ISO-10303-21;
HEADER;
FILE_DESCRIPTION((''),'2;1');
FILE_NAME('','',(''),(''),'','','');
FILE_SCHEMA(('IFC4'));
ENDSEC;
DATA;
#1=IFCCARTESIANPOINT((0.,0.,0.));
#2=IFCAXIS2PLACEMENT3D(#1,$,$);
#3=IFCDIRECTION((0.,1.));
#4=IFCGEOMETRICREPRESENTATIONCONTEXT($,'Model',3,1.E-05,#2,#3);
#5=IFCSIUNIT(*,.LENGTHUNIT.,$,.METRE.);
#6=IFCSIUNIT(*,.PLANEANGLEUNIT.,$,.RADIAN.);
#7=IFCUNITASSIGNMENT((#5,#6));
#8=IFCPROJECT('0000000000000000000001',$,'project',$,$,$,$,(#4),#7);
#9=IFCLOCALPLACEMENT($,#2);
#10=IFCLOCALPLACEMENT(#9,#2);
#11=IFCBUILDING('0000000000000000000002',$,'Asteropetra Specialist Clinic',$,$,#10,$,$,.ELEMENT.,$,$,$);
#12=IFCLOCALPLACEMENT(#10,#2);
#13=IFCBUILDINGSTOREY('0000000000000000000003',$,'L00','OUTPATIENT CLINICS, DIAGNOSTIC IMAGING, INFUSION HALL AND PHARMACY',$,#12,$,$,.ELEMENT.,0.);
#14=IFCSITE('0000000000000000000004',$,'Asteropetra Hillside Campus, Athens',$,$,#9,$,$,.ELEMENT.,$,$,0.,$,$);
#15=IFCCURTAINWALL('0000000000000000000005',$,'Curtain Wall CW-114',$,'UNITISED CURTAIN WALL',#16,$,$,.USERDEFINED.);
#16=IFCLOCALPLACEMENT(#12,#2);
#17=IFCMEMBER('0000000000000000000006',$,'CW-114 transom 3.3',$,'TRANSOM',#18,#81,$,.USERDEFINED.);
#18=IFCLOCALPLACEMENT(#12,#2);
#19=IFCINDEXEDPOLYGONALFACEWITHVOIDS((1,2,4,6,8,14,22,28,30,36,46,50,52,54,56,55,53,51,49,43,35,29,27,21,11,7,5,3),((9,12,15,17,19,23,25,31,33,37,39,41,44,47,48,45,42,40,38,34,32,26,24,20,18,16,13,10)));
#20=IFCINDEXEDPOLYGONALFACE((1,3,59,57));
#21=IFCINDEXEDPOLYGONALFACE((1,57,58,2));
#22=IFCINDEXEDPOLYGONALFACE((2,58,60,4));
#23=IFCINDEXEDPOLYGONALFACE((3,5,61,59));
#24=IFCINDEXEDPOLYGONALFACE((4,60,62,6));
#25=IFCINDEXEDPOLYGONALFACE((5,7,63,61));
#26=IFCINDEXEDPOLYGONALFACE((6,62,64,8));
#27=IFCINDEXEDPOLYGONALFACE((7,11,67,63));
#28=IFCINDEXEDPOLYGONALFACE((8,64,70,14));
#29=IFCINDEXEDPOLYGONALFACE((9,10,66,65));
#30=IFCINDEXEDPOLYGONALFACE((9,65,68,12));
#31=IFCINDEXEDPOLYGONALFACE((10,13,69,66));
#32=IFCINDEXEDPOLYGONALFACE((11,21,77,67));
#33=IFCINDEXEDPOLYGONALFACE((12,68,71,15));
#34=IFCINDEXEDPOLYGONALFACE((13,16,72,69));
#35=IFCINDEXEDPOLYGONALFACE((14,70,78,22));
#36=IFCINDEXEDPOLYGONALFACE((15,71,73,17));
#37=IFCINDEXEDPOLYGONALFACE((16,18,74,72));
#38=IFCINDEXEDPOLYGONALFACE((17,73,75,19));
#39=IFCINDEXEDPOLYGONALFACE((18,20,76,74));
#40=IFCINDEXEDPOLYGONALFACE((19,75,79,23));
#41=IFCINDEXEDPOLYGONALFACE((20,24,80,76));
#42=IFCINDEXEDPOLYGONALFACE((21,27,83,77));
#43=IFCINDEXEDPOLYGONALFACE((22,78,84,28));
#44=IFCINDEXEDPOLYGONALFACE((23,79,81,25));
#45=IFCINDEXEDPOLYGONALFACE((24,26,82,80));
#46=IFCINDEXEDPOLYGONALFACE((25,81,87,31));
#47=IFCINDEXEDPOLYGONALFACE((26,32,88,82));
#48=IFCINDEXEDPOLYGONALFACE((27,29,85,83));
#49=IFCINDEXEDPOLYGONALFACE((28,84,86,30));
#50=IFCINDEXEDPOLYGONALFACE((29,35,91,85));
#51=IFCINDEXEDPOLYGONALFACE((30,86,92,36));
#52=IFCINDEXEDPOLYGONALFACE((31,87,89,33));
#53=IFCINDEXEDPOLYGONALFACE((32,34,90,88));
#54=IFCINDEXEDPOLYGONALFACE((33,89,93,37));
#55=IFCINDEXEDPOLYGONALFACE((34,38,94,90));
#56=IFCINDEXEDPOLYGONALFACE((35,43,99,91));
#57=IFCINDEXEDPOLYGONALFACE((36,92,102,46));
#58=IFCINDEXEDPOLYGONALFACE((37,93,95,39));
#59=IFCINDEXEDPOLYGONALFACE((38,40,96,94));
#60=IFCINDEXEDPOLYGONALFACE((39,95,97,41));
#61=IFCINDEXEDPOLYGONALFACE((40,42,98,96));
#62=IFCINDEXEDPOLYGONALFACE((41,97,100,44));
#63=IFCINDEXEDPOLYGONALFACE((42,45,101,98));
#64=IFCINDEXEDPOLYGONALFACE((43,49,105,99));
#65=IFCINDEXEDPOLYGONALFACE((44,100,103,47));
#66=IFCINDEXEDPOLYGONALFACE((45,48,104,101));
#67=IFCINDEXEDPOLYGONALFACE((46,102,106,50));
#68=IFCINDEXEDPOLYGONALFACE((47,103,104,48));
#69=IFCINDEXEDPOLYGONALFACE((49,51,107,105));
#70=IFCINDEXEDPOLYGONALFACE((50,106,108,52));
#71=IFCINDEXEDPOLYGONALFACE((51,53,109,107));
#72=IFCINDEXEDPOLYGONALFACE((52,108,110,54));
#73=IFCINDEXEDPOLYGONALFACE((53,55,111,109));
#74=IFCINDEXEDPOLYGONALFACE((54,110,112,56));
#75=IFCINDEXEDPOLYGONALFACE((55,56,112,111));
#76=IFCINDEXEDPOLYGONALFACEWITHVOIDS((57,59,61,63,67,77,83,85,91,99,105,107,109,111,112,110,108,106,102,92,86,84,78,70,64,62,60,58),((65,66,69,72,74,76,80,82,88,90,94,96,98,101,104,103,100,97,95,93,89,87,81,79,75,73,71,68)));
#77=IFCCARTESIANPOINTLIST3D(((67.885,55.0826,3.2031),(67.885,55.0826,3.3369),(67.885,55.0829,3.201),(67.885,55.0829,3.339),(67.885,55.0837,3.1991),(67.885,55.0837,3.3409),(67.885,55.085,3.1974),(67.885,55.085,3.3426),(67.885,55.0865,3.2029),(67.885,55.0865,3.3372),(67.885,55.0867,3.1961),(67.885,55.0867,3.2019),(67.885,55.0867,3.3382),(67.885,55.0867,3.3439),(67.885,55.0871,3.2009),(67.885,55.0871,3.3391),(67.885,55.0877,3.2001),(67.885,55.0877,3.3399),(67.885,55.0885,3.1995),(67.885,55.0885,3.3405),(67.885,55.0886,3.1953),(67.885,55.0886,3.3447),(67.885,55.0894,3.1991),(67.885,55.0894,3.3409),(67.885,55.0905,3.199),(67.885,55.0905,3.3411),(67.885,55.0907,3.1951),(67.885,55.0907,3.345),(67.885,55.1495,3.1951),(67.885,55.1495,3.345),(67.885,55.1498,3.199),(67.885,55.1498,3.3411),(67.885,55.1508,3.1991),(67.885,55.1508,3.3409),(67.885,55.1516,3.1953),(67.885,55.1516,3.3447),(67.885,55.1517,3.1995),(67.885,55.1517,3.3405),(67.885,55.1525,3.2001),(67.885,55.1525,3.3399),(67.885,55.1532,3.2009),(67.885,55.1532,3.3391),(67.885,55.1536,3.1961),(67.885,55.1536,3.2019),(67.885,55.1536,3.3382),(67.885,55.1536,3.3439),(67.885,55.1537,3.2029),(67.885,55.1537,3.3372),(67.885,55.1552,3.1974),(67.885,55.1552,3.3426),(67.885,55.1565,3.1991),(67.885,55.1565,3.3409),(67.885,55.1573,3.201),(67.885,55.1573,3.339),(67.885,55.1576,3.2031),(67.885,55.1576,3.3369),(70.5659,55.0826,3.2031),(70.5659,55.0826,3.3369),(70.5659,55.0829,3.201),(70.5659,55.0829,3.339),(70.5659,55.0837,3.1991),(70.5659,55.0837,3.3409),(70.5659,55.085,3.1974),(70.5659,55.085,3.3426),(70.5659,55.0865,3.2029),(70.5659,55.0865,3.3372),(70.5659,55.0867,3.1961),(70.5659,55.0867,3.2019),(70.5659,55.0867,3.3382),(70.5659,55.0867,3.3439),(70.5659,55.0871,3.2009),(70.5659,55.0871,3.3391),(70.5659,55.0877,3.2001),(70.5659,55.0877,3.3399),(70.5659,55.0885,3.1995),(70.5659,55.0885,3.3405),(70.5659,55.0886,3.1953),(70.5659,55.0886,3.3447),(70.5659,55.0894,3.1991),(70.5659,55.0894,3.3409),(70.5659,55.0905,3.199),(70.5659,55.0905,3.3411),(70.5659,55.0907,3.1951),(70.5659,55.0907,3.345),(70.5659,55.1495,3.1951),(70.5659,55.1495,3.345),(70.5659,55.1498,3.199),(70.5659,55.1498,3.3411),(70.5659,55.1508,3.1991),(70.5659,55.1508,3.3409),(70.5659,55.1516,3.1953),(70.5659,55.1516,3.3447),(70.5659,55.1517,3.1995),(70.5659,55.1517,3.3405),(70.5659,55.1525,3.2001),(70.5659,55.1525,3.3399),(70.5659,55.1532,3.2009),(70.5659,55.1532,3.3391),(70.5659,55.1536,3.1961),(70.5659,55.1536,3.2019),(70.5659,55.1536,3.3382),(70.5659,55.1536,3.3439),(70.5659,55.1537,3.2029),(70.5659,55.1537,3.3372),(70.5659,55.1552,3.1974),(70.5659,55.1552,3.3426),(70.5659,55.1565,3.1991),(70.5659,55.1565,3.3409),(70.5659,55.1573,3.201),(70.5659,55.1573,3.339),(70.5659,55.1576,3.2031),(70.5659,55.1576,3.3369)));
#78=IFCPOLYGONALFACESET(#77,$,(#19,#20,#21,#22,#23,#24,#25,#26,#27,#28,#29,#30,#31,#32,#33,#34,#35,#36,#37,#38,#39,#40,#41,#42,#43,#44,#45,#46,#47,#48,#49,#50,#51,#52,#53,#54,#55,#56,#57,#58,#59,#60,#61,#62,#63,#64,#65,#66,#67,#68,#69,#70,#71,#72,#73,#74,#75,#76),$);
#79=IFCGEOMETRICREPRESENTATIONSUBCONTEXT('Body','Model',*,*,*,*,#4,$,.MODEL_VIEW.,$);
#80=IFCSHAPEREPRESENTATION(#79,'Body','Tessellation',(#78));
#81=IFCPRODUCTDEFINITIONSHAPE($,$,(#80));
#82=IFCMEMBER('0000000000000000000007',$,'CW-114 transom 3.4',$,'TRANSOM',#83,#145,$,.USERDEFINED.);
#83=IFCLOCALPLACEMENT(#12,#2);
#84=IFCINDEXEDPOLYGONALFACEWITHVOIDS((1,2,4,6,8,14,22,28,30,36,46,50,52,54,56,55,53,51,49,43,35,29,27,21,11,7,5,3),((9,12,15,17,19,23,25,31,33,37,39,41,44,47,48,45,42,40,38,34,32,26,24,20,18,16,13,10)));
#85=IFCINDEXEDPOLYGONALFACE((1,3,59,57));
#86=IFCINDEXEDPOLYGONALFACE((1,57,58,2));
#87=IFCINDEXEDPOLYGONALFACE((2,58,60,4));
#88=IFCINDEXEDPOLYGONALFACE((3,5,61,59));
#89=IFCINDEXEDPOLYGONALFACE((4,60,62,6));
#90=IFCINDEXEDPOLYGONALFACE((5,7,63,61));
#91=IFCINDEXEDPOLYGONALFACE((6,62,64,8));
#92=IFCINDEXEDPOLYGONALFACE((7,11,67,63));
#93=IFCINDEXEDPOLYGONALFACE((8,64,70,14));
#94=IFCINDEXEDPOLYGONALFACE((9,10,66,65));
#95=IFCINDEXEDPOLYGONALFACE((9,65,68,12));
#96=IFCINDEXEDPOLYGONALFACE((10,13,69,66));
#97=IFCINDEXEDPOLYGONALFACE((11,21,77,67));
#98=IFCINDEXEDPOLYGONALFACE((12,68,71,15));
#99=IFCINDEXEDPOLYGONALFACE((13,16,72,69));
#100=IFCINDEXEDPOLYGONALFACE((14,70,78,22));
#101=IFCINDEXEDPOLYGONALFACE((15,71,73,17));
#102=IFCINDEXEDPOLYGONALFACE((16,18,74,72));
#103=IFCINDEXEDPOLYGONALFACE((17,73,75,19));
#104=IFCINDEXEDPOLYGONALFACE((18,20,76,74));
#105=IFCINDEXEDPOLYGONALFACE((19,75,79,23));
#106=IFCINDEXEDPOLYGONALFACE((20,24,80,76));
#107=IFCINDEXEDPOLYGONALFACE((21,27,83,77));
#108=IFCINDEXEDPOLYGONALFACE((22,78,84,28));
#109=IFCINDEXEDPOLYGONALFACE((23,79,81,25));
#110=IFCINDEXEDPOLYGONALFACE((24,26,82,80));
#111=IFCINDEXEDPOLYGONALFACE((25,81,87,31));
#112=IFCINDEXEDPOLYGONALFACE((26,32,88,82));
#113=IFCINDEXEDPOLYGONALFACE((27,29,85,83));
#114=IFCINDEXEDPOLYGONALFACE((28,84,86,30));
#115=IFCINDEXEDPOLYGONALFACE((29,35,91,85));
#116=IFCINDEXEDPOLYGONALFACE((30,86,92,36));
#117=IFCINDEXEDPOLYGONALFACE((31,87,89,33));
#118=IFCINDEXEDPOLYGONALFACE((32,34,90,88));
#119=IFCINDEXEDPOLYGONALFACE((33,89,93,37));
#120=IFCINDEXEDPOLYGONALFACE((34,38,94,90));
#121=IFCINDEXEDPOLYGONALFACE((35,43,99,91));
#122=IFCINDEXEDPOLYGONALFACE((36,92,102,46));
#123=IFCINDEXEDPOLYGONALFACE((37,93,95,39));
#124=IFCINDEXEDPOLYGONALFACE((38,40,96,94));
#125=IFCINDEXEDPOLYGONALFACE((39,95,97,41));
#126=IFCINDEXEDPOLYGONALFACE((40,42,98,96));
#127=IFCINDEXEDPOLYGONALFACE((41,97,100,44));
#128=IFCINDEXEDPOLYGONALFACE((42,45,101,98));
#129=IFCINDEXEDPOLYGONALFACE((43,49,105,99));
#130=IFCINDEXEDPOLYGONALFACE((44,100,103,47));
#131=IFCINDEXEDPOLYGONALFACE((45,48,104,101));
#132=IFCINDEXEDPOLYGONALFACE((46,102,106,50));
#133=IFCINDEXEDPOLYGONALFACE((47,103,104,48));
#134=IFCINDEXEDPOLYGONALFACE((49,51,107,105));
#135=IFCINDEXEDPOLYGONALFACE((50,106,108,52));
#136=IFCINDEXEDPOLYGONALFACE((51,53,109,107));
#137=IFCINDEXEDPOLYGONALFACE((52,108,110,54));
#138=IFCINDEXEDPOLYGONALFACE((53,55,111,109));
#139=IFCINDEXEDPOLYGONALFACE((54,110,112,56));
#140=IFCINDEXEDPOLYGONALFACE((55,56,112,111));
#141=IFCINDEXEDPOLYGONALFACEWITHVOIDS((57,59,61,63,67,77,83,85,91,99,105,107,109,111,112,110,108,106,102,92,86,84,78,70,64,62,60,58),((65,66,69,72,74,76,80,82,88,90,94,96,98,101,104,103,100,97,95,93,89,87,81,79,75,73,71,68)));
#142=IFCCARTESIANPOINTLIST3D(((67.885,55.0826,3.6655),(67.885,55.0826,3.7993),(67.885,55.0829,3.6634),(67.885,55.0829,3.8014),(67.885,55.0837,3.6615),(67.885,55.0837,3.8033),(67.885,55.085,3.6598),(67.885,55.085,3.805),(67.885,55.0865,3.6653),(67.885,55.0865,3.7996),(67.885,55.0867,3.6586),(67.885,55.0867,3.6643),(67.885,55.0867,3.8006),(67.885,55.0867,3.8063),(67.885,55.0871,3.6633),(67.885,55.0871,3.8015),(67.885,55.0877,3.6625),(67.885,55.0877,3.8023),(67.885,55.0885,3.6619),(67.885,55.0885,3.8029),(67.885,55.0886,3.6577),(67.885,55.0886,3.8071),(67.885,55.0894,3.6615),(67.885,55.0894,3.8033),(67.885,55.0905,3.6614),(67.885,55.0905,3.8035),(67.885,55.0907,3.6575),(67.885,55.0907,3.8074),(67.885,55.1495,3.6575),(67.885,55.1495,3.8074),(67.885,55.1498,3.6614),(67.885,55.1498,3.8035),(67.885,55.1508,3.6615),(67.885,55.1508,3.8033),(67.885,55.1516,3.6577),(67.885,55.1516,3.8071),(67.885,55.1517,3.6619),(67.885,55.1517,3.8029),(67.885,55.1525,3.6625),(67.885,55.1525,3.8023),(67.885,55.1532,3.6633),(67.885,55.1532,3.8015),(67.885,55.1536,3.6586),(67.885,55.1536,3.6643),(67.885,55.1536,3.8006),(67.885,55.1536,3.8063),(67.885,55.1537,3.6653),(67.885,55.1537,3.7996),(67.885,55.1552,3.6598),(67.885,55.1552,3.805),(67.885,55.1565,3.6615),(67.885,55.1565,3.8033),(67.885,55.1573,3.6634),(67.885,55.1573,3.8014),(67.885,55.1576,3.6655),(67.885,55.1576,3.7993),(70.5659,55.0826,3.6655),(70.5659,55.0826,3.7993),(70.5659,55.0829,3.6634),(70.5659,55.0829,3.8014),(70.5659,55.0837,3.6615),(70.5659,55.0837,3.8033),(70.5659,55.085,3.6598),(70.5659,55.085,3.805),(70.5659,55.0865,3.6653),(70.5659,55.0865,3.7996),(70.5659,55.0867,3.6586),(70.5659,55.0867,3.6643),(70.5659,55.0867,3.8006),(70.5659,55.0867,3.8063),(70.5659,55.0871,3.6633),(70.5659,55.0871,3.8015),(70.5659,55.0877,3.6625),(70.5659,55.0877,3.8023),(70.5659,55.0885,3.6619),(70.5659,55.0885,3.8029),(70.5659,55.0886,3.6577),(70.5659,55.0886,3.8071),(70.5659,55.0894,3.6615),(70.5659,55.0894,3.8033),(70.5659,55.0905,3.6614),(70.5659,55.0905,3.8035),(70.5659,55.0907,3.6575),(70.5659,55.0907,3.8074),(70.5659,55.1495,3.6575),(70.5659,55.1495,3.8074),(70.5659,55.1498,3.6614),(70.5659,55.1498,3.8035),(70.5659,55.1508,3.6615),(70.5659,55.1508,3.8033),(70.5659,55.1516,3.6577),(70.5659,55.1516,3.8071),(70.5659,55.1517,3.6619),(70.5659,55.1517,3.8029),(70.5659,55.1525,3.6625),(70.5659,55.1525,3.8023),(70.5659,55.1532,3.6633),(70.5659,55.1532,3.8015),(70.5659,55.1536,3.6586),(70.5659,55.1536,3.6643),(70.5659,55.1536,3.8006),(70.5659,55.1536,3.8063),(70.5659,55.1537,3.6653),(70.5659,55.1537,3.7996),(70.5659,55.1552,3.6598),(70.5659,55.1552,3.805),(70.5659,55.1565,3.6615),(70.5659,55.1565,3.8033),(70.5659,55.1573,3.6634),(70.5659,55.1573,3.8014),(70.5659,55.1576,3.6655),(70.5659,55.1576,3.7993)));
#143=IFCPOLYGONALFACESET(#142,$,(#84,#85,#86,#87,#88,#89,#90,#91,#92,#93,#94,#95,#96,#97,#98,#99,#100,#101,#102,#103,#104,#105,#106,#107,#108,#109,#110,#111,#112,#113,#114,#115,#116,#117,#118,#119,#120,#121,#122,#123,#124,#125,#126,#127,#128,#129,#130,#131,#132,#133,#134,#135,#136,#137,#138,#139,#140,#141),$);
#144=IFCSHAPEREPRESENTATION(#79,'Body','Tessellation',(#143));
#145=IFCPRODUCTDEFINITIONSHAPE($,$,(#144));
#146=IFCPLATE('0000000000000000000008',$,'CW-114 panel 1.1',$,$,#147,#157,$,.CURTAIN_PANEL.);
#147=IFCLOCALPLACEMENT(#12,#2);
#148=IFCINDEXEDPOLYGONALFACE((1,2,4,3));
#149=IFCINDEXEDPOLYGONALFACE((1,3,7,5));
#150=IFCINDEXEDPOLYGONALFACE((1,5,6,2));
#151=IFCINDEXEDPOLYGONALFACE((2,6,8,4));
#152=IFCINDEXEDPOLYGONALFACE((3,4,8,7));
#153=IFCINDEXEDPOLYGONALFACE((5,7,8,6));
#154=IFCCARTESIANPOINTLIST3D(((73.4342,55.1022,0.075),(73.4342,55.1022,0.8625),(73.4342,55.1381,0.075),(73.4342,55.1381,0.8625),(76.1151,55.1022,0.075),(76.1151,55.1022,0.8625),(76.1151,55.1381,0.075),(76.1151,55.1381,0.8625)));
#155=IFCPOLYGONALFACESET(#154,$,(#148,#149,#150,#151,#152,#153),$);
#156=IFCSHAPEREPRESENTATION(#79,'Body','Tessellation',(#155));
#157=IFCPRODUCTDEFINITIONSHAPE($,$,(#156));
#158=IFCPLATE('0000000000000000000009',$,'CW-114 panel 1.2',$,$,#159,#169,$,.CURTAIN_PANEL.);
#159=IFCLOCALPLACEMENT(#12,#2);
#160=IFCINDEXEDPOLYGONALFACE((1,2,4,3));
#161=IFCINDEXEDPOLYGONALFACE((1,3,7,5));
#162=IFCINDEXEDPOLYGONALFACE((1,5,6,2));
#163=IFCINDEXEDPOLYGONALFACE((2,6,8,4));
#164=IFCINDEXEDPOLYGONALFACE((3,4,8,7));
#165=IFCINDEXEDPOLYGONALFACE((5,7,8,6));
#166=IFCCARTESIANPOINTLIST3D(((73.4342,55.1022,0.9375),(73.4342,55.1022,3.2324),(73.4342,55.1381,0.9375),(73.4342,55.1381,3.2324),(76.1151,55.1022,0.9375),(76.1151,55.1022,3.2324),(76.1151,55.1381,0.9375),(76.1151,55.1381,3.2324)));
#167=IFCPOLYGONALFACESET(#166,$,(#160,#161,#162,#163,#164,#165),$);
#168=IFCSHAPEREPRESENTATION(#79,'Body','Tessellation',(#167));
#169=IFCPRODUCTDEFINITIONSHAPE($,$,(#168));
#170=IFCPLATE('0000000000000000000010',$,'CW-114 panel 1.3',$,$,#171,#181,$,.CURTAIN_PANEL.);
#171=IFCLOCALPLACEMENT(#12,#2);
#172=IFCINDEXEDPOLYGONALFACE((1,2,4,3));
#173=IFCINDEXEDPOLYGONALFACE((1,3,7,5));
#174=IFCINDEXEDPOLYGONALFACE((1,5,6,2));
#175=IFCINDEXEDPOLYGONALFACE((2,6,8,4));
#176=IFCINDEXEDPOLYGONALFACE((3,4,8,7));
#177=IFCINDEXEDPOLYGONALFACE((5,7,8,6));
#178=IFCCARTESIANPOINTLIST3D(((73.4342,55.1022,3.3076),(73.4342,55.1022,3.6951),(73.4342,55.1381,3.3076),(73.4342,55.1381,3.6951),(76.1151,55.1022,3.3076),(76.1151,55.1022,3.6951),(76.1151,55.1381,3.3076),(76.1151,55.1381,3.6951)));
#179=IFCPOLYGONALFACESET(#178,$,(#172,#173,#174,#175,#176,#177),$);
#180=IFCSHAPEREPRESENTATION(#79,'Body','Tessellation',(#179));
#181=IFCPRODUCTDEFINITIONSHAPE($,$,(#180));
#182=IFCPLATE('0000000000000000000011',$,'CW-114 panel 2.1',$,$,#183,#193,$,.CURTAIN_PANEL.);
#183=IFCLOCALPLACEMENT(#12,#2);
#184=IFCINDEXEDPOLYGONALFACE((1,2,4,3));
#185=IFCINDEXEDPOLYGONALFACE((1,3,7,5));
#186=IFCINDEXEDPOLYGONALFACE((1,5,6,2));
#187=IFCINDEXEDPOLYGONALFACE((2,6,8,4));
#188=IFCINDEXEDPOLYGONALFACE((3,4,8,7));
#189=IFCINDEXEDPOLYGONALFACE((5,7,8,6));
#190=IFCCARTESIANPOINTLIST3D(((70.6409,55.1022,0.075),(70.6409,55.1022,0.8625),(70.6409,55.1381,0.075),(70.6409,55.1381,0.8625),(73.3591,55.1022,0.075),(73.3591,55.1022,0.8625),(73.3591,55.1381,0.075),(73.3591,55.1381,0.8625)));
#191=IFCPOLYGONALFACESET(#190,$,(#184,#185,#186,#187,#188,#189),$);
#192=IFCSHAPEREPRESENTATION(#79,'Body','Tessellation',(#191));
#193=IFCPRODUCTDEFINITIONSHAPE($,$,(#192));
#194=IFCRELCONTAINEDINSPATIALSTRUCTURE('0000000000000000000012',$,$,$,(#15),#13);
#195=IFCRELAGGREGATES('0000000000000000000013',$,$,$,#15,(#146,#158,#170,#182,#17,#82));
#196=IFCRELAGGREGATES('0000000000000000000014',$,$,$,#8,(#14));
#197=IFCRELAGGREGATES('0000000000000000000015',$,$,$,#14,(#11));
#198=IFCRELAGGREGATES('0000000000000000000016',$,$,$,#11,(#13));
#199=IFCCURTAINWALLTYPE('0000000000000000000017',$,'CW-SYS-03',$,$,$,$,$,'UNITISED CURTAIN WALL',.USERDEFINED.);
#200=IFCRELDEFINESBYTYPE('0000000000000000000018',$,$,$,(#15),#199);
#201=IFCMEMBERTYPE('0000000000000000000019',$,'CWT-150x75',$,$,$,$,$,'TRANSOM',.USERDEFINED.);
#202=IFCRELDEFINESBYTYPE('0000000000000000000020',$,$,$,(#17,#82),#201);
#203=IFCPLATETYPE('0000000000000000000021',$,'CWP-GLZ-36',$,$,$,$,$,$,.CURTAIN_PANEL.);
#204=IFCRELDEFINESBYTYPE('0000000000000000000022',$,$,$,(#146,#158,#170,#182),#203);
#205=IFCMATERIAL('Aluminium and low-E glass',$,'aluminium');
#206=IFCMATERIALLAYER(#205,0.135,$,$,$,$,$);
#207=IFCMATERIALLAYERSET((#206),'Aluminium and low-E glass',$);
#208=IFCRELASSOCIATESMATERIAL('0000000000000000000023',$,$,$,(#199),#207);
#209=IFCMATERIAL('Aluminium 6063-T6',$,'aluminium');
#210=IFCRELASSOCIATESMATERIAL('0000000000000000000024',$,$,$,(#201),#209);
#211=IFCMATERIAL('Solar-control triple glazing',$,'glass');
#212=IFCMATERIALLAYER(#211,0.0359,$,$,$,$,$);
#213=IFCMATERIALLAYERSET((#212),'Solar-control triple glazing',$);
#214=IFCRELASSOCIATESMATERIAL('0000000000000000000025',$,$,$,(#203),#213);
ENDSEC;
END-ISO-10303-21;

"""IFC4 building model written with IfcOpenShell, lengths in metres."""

from ifc_helpers import new_model, si_unit, direction, frame, origin, origin_2d, place, context, subcontext, project, spatial, rectangle, hollow_rectangle, extrude, material, layer, layer_set, material_profile, profile_set, type_object, element, aggregate, save


model = new_model("IFC4")

# Units and contexts
model_context = context("Model", 3, precision=1e-05, world=origin(), true_north=direction((0.0, 1.0)))
body_context = subcontext(model_context, "Body", "Model", "MODEL_VIEW")
ifc_project = project(units=[si_unit("LENGTHUNIT", "METRE"), si_unit("PLANEANGLEUNIT", "RADIAN")], contexts=[model_context])

# Site, building, storey
site_placement = place(None, origin())
site = spatial("IfcSite", under=ifc_project, at=site_placement, Name="Asteropetra Hillside Campus, Athens", CompositionType="ELEMENT", RefElevation=0.0)
building_placement = place(site_placement, origin())
building = spatial("IfcBuilding", under=site, at=building_placement, Name="Asteropetra Specialist Clinic", CompositionType="ELEMENT")
storey_placement = place(building_placement, origin())
storey = spatial("IfcBuildingStorey", under=building, at=storey_placement, Name="L00", Description="OUTPATIENT CLINICS, DIAGNOSTIC IMAGING, INFUSION HALL AND PHARMACY", CompositionType="ELEMENT", Elevation=0.0)

# Curtain wall, members, plates
ifc_material_1 = material(Name="Aluminium and low-E glass", Category="aluminium")
ifc_layer_1 = layer(ifc_material_1, 0.135)
ifc_layer_set_1 = layer_set([ifc_layer_1], Name="Aluminium and low-E glass")
curtain_wall_type = type_object("IfcCurtainWallType", Name="CW-SYS-03", ElementType="UNITISED CURTAIN WALL", PredefinedType="USERDEFINED", material=ifc_layer_set_1)
curtain_wall_placement = place(storey_placement, origin())
curtain_wall = element("IfcCurtainWall", 1, at=curtain_wall_placement, inside=storey, type_object=curtain_wall_type, Name="Curtain Wall CW-114", ObjectType="UNITISED CURTAIN WALL", PredefinedType="USERDEFINED")
ifc_material_2 = material(Name="Aluminium 6063-T6", Category="aluminium")
ifc_material_profile_1 = material_profile(ifc_material_2, hollow_rectangle(XDim=0.075, YDim=0.1499, WallThickness=0.0039, InnerFilletRadius=0.0039, OuterFilletRadius=0.0081, at=origin_2d()), Name="TRN 150x75x4.0")
ifc_profile_set_1 = profile_set([ifc_material_profile_1], Name="Aluminium 6063-T6")
member_type_1 = type_object("IfcMemberType", Name="CWT-150x75", ElementType="TRANSOM", PredefinedType="USERDEFINED", material=ifc_profile_set_1)
member_1_placement = place(storey_placement, frame((70.5659, 55.1201, 3.27), z_axis=(-1.0, 0.0, 0.0), x_axis=(0.0, -1.0, 0.0)))
member_1 = element("IfcMember", 2, at=member_1_placement, type_object=member_type_1, Name="CW-114 transom 3.3", ObjectType="TRANSOM", PredefinedType="USERDEFINED", context=body_context, shape_type="SweptSolid", body=[
    extrude(hollow_rectangle(XDim=0.075, YDim=0.1499, WallThickness=0.0039, InnerFilletRadius=0.0039, OuterFilletRadius=0.0081, at=origin_2d()), origin(), (0.0, 0.0, 1.0), 2.6809),
])
member_2_placement = place(storey_placement, frame((70.5659, 55.1201, 3.7324), z_axis=(-1.0, 0.0, 0.0), x_axis=(0.0, -1.0, 0.0)))
member_2 = element("IfcMember", 3, at=member_2_placement, type_object=member_type_1, Name="CW-114 transom 3.4", ObjectType="TRANSOM", PredefinedType="USERDEFINED", context=body_context, shape_type="SweptSolid", body=[
    extrude(hollow_rectangle(XDim=0.075, YDim=0.1499, WallThickness=0.0039, InnerFilletRadius=0.0039, OuterFilletRadius=0.0081, at=origin_2d()), origin(), (0.0, 0.0, 1.0), 2.6809),
])
ifc_material_3 = material(Name="Solar-control triple glazing", Category="glass")
ifc_layer_2 = layer(ifc_material_3, 0.0359)
ifc_layer_set_2 = layer_set([ifc_layer_2], Name="Solar-control triple glazing")
plate_type = type_object("IfcPlateType", Name="CWP-GLZ-36", PredefinedType="CURTAIN_PANEL", material=ifc_layer_set_2)
plate_1_placement = place(storey_placement, frame((74.7747, 55.1201, 0.075), z_axis=(0.0, 0.0, 1.0), x_axis=(-1.0, 0.0, 0.0)))
plate_1 = element("IfcPlate", 4, at=plate_1_placement, type_object=plate_type, Name="CW-114 panel 1.1", PredefinedType="CURTAIN_PANEL", context=body_context, shape_type="SweptSolid", body=[
    extrude(rectangle(XDim=2.6809, YDim=0.0359, at=origin_2d()), origin(), (0.0, 0.0, 1.0), 0.7876),
])
plate_2_placement = place(storey_placement, frame((74.7747, 55.1201, 0.9375), z_axis=(0.0, 0.0, 1.0), x_axis=(-1.0, 0.0, 0.0)))
plate_2 = element("IfcPlate", 5, at=plate_2_placement, type_object=plate_type, Name="CW-114 panel 1.2", PredefinedType="CURTAIN_PANEL", context=body_context, shape_type="SweptSolid", body=[
    extrude(rectangle(XDim=2.6809, YDim=0.0359, at=origin_2d()), origin(), (0.0, 0.0, 1.0), 2.2949),
])
plate_3_placement = place(storey_placement, frame((74.7747, 55.1201, 3.3076), z_axis=(0.0, 0.0, 1.0), x_axis=(-1.0, 0.0, 0.0)))
plate_3 = element("IfcPlate", 6, at=plate_3_placement, type_object=plate_type, Name="CW-114 panel 1.3", PredefinedType="CURTAIN_PANEL", context=body_context, shape_type="SweptSolid", body=[
    extrude(rectangle(XDim=2.6809, YDim=0.0359, at=origin_2d()), origin(), (0.0, 0.0, 1.0), 0.3875),
])
plate_4_placement = place(storey_placement, frame((72.0, 55.1201, 0.075), z_axis=(0.0, 0.0, 1.0), x_axis=(-1.0, 0.0, 0.0)))
plate_4 = element("IfcPlate", 7, at=plate_4_placement, type_object=plate_type, Name="CW-114 panel 2.1", PredefinedType="CURTAIN_PANEL", context=body_context, shape_type="SweptSolid", body=[
    extrude(rectangle(XDim=2.7183, YDim=0.0359, at=origin_2d()), origin(), (0.0, 0.0, 1.0), 0.7876),
])
aggregate(curtain_wall, [plate_1, plate_2, plate_3, plate_4, member_1, member_2])

save(model, "model.ifc")
